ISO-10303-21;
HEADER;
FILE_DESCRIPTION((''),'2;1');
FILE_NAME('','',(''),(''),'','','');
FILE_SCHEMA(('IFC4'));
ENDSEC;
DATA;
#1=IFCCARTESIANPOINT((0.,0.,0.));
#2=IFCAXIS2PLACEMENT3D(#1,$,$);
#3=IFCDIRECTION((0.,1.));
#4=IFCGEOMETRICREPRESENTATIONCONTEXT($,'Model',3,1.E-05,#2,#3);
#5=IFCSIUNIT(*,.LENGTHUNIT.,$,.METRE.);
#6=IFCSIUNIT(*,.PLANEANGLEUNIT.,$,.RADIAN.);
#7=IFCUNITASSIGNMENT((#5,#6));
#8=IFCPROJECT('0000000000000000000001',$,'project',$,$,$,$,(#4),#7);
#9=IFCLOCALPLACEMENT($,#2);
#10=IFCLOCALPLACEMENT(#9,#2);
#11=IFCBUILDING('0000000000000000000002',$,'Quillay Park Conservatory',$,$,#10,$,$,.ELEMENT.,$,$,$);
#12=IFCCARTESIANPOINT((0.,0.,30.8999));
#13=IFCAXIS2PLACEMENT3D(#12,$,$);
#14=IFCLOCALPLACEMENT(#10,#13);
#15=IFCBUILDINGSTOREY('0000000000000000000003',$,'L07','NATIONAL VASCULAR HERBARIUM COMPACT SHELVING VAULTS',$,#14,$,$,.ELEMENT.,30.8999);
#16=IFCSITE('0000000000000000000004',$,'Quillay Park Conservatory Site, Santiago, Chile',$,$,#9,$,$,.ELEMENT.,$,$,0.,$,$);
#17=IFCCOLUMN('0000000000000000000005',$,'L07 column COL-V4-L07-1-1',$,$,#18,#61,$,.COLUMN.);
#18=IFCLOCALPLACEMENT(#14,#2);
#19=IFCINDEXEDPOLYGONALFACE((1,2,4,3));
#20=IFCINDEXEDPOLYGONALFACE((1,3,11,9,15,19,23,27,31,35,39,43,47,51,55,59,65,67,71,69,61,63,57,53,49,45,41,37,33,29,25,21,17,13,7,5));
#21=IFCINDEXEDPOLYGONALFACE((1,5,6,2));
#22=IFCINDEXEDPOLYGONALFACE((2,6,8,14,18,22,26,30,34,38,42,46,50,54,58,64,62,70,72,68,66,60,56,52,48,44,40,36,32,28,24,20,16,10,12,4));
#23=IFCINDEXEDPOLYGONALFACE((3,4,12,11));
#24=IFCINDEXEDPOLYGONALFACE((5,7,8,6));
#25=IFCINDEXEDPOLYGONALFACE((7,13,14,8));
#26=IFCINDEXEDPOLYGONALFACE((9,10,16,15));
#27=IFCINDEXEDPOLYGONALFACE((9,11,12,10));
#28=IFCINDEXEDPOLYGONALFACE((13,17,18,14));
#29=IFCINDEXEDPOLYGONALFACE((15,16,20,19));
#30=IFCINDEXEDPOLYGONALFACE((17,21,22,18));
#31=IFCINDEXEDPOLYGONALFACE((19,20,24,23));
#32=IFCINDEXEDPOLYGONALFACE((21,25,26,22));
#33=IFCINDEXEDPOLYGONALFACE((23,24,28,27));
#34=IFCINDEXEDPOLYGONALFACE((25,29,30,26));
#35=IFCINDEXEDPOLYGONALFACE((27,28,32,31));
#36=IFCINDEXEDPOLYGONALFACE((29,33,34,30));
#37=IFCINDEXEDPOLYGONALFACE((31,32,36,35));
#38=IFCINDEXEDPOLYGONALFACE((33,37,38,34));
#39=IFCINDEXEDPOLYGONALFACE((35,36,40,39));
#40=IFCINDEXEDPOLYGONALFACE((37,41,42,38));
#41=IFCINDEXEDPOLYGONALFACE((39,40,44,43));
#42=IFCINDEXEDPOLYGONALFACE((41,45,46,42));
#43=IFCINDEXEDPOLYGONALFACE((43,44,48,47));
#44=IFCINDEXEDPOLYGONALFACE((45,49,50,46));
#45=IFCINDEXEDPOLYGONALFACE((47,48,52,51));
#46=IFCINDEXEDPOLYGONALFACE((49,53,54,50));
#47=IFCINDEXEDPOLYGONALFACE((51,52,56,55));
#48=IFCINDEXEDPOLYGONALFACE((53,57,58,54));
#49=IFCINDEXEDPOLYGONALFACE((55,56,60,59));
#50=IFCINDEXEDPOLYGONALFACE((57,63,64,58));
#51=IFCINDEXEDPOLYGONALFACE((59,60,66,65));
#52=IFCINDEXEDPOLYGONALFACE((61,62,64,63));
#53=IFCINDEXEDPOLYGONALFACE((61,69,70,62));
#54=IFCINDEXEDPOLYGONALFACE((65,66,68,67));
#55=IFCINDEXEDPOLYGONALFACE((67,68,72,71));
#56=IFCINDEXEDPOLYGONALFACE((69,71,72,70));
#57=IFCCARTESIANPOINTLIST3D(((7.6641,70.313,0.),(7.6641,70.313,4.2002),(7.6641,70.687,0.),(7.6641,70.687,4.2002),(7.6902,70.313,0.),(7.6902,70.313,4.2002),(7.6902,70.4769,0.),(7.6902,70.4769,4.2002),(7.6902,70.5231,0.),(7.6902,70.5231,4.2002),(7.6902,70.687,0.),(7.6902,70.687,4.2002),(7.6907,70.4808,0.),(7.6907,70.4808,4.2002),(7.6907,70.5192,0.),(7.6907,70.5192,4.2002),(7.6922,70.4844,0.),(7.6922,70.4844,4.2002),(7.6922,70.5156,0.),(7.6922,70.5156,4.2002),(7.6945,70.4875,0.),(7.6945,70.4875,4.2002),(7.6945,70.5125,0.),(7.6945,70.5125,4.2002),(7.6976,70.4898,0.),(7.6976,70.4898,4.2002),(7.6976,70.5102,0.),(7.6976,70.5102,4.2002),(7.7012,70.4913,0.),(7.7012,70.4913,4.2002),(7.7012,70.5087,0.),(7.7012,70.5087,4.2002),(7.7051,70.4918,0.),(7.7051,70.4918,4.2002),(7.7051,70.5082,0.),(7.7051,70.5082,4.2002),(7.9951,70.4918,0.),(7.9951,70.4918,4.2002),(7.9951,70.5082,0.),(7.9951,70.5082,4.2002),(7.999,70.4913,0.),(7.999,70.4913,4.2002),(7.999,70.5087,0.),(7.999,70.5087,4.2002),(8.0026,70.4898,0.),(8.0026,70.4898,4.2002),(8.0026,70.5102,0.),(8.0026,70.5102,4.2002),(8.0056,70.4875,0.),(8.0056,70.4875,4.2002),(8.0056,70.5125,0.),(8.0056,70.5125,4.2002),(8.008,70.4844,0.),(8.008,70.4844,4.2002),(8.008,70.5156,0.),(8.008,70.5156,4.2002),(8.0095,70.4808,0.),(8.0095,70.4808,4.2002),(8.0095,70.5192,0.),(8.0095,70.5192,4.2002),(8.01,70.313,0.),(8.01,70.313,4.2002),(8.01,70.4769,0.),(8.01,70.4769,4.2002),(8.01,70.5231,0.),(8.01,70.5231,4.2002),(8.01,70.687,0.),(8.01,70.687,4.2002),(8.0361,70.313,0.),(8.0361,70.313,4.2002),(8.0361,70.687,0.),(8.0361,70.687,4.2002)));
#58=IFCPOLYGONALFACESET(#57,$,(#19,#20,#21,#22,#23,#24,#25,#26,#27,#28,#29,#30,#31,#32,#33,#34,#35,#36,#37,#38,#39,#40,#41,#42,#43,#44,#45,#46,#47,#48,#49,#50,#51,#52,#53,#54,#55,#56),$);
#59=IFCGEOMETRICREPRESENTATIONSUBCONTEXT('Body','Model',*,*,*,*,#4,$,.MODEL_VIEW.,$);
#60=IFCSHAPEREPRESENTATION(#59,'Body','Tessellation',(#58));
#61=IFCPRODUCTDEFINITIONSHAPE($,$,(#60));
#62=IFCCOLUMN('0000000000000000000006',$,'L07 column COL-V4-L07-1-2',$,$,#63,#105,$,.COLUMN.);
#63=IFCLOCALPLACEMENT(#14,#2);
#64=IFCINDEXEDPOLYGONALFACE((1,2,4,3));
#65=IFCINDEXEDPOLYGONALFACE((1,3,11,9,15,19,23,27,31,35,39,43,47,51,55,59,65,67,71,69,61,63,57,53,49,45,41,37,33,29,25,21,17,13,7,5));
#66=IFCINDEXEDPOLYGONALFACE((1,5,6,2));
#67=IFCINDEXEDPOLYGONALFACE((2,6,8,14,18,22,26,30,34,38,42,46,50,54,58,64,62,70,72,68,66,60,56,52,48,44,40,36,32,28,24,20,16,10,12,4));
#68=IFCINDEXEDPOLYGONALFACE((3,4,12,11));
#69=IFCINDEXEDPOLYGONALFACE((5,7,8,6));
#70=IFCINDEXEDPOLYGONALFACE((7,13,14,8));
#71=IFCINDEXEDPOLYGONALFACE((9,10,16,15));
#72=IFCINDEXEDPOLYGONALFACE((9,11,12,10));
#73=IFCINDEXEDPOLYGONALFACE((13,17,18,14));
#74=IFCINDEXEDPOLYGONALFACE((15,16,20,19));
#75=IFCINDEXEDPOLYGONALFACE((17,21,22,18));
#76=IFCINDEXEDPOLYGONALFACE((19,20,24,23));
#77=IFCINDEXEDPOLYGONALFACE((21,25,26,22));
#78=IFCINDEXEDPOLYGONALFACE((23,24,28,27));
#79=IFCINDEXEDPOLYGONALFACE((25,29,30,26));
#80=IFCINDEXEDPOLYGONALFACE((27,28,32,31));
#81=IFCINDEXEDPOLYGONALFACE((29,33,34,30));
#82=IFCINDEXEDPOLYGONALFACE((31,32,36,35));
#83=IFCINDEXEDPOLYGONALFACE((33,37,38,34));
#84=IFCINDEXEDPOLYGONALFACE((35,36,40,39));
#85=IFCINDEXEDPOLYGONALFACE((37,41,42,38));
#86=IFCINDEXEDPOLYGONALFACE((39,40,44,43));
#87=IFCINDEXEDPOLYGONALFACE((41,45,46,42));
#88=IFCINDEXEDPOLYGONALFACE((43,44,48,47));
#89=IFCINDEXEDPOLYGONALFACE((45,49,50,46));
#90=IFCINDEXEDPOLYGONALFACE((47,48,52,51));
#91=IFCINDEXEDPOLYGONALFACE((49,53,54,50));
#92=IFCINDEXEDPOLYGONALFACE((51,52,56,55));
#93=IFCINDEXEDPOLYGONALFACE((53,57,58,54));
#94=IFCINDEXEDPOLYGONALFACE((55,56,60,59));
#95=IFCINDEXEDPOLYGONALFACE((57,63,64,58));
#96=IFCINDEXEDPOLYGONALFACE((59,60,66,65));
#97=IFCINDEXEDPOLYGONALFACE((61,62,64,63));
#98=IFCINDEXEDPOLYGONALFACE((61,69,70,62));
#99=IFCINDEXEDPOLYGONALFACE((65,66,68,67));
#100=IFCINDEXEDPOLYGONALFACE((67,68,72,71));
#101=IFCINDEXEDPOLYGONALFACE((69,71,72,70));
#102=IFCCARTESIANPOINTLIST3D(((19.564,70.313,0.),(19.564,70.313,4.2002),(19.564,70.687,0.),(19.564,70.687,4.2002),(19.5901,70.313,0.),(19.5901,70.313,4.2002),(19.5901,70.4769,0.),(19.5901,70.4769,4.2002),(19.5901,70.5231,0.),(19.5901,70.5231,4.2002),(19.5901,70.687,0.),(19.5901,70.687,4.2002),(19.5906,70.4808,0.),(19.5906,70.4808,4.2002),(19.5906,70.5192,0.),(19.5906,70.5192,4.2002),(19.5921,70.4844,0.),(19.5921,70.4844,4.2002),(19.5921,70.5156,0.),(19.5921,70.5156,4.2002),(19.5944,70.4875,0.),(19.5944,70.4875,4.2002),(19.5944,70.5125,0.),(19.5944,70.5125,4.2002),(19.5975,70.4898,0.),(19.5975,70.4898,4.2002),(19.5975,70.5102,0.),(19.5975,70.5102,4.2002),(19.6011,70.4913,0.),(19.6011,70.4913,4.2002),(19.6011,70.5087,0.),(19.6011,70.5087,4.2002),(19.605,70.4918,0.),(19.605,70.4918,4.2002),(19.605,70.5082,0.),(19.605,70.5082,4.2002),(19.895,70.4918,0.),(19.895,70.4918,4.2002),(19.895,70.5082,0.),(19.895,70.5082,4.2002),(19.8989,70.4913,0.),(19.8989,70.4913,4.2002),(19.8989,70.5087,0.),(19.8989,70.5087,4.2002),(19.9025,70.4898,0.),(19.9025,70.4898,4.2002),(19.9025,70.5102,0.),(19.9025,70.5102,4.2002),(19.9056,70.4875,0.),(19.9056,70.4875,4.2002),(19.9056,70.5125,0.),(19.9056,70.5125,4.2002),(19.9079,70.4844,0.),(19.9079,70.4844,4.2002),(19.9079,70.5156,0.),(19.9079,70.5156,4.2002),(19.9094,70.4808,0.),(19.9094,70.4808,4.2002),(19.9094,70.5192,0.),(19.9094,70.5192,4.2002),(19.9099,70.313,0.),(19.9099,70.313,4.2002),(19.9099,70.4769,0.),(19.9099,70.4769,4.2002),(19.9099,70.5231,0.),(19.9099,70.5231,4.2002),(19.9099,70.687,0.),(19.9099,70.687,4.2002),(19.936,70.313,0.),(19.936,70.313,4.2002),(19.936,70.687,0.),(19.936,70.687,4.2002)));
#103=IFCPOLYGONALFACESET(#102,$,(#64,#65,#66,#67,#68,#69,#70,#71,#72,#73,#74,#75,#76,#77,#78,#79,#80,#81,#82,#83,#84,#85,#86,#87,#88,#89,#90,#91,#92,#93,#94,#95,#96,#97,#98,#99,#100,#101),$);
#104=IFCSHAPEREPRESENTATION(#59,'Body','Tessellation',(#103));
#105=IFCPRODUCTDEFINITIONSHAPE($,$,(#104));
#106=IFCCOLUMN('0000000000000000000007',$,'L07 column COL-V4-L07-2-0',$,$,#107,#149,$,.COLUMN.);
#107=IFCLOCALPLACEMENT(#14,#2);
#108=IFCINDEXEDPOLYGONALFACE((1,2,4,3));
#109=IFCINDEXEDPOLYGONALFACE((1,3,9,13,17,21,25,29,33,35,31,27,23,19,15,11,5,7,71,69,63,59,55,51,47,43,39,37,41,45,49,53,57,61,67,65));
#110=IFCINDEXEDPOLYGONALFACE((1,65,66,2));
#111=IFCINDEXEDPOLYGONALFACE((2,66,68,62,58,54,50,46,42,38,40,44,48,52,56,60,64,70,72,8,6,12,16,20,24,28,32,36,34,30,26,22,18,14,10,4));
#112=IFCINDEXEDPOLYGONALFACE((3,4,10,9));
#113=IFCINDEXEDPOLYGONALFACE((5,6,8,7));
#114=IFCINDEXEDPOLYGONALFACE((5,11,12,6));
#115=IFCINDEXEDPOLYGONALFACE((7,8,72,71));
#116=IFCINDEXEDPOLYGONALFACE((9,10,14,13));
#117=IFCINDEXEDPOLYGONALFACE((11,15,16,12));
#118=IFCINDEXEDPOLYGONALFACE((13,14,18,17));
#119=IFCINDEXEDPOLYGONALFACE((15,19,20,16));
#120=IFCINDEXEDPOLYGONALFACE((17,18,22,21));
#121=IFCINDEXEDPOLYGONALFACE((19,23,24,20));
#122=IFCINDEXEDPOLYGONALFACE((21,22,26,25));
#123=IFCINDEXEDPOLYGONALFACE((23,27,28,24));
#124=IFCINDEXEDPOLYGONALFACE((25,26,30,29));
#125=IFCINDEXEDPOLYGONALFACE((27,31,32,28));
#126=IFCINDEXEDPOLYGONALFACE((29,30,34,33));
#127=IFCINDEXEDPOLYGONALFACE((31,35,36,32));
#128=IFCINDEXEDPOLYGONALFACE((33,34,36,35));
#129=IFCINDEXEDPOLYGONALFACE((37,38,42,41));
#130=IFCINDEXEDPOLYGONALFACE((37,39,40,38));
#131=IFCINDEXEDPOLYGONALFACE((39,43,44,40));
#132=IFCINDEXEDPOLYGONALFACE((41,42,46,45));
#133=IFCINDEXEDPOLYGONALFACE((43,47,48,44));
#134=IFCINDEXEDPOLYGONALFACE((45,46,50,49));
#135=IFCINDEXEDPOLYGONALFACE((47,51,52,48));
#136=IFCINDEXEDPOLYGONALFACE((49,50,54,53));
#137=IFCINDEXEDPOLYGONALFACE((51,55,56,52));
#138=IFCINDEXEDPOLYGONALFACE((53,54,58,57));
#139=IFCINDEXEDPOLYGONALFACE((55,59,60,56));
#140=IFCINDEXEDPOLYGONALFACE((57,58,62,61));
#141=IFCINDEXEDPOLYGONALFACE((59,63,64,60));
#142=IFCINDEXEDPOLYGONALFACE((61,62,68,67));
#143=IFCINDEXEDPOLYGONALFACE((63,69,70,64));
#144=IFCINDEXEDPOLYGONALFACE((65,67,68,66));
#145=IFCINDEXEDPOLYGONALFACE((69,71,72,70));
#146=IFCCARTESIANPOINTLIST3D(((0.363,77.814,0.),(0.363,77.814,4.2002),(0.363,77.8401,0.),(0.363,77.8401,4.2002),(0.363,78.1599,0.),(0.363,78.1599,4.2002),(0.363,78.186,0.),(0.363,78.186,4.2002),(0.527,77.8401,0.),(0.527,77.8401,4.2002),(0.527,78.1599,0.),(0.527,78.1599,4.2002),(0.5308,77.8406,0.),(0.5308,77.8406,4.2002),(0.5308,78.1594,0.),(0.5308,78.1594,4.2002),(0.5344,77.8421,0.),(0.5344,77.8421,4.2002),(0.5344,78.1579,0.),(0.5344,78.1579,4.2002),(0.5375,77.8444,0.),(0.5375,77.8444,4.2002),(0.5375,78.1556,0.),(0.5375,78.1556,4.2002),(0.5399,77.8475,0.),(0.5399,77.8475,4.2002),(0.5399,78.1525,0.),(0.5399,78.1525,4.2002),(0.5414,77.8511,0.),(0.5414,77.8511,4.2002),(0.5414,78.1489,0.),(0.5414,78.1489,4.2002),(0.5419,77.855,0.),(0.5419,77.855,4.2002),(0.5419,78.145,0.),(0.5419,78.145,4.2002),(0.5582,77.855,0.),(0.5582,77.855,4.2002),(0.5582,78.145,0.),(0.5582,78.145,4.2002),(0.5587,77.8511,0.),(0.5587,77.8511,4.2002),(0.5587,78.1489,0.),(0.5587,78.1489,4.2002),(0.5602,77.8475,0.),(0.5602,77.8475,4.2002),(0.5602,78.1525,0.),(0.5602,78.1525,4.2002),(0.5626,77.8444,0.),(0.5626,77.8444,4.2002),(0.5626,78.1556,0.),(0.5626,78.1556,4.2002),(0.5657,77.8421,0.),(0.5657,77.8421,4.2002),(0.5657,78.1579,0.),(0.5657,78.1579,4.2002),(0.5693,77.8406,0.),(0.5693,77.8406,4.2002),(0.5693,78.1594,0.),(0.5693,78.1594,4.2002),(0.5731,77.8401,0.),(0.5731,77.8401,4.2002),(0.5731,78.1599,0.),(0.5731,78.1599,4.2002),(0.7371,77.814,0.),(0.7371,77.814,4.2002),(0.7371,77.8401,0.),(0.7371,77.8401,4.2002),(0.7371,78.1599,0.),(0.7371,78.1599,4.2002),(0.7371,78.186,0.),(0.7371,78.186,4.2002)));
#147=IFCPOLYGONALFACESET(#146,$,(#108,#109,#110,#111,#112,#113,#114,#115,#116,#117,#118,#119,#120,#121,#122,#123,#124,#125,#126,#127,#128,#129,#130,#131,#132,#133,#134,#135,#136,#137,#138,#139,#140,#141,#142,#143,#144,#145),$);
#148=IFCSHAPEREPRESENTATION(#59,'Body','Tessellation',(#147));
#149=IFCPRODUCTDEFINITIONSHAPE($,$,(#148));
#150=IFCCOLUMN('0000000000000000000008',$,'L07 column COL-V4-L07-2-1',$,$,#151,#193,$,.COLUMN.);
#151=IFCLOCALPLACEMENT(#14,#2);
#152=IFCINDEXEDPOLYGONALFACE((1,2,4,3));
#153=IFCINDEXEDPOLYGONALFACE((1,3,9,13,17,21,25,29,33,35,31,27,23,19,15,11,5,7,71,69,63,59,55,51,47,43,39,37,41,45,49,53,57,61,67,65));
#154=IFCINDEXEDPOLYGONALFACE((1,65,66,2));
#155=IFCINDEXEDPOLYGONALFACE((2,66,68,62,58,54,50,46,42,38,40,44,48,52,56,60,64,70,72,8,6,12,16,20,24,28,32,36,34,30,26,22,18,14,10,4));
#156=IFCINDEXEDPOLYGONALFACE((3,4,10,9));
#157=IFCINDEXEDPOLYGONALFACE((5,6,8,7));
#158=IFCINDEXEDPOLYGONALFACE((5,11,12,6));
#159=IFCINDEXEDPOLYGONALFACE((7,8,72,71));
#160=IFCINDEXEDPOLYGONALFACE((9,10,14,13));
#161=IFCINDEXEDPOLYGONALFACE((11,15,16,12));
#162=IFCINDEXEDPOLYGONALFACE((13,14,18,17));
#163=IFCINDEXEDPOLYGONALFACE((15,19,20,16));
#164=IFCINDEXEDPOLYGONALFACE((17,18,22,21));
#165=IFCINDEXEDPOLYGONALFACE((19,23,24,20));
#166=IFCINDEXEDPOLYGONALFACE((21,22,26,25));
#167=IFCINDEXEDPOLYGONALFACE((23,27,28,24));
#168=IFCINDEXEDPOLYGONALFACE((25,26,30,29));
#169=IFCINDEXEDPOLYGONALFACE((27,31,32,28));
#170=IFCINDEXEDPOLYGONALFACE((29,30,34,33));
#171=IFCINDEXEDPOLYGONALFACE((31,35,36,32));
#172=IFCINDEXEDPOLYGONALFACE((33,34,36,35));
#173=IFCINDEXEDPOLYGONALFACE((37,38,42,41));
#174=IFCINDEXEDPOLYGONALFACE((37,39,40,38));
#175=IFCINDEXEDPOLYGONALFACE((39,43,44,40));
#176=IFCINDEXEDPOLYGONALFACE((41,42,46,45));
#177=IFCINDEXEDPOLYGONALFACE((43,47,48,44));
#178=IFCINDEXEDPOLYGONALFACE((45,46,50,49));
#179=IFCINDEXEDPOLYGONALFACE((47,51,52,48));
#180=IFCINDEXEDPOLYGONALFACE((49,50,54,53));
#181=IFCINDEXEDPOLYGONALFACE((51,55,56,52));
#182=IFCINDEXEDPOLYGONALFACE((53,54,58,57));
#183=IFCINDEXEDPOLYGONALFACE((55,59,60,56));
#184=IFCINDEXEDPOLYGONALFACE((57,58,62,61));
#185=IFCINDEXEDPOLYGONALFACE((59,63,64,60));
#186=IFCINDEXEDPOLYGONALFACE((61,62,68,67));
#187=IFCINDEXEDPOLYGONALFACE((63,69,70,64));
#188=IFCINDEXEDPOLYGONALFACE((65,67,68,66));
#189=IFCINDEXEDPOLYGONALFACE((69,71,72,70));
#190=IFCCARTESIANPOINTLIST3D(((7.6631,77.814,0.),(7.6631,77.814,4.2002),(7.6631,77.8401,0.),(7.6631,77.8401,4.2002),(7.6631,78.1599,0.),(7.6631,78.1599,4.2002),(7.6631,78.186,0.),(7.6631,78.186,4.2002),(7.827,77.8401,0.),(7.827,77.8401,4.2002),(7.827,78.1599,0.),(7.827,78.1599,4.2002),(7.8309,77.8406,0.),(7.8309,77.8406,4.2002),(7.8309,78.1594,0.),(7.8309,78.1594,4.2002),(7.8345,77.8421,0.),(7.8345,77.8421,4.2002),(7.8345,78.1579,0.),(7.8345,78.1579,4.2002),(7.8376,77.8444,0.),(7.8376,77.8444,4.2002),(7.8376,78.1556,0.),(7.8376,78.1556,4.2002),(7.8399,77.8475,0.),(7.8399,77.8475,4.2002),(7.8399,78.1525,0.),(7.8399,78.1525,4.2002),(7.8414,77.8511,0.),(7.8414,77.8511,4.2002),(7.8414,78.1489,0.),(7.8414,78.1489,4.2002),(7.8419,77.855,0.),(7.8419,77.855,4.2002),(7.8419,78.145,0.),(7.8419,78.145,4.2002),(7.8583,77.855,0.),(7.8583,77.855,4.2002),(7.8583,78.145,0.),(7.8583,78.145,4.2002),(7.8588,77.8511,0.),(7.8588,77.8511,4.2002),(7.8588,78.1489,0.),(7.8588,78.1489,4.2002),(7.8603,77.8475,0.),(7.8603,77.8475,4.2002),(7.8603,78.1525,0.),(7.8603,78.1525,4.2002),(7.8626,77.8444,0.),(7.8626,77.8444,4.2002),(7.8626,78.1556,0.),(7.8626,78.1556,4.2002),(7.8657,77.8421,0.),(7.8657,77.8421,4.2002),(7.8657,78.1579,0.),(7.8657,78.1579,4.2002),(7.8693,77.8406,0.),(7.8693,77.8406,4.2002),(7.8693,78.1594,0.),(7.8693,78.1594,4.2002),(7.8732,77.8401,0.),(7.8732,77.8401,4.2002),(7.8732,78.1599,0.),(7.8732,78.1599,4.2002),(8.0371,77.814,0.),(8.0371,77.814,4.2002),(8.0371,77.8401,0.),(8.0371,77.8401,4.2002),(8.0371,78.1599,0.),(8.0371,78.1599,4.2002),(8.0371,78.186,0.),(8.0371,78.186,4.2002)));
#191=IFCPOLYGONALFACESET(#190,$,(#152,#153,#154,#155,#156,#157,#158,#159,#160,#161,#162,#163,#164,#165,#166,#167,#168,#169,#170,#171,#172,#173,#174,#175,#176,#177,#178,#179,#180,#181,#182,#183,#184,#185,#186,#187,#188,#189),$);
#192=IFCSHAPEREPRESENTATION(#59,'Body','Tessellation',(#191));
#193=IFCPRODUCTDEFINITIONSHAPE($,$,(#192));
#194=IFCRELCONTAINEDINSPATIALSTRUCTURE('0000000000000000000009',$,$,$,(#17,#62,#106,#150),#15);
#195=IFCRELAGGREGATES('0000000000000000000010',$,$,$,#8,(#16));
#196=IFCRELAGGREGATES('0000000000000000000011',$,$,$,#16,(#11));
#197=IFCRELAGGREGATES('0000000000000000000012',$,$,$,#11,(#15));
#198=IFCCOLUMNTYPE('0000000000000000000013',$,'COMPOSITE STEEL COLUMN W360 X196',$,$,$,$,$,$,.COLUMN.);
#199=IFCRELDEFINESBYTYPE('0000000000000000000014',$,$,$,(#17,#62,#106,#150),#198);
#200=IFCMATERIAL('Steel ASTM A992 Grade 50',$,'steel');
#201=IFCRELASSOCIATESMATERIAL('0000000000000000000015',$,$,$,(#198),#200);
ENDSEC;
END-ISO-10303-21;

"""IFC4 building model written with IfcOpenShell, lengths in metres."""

from ifc_helpers import new_model, si_unit, direction, frame, origin, origin_2d, place, context, subcontext, project, spatial, i_section, extrude, material, material_profile, profile_set, type_object, element, save


model = new_model("IFC4")

# Units and contexts
model_context = context("Model", 3, precision=1e-05, world=origin(), true_north=direction((0.0, 1.0)))
body_context = subcontext(model_context, "Body", "Model", "MODEL_VIEW")
ifc_project = project(units=[si_unit("LENGTHUNIT", "METRE"), si_unit("PLANEANGLEUNIT", "RADIAN")], contexts=[model_context])

# Site, building, storey
site_placement = place(None, origin())
site = spatial("IfcSite", under=ifc_project, at=site_placement, Name="Quillay Park Conservatory Site, Santiago, Chile", CompositionType="ELEMENT", RefElevation=0.0)
building_placement = place(site_placement, origin())
building = spatial("IfcBuilding", under=site, at=building_placement, Name="Quillay Park Conservatory", CompositionType="ELEMENT")
storey_placement = place(building_placement, frame((0.0, 0.0, 30.8999)))
storey = spatial("IfcBuildingStorey", under=building, at=storey_placement, Name="L07", Description="NATIONAL VASCULAR HERBARIUM COMPACT SHELVING VAULTS", CompositionType="ELEMENT", Elevation=30.8999)

# Columns
ifc_material_1 = material(Name="Steel ASTM A992 Grade 50", Category="steel")
ifc_material_profile_1 = material_profile(ifc_material_1, i_section(OverallWidth=0.374, OverallDepth=0.3721, WebThickness=0.0164, FlangeThickness=0.0261, FilletRadius=0.0149, at=origin_2d()), Name="W360x196")
ifc_profile_set_1 = profile_set([ifc_material_profile_1], Name="Steel ASTM A992 Grade 50")
column_type = type_object("IfcColumnType", Name="COMPOSITE STEEL COLUMN W360 X196", PredefinedType="COLUMN", material=ifc_profile_set_1)
for number, where, z_axis, x_axis, name in (
    (1, (7.8501, 70.5, 0.0), (0.0, 0.0, 1.0), (0.0, 1.0, 0.0), "L07 column COL-V4-L07-1-1"),
    (2, (19.75, 70.5, 0.0), (0.0, 0.0, 1.0), (0.0, 1.0, 0.0), "L07 column COL-V4-L07-1-2"),
    (3, (0.55, 78.0, 0.0), (0.0, 0.0, 1.0), (1.0, 0.0, 0.0), "L07 column COL-V4-L07-2-0"),
    (4, (7.8501, 78.0, 0.0), (0.0, 0.0, 1.0), (1.0, 0.0, 0.0), "L07 column COL-V4-L07-2-1"),
):
    element("IfcColumn", number, at=place(storey_placement, frame(where, z_axis=z_axis, x_axis=x_axis)), inside=storey, type_object=column_type, Name=name, PredefinedType="COLUMN", context=body_context, shape_type="SweptSolid", body=[
        extrude(i_section(OverallWidth=0.374, OverallDepth=0.3721, WebThickness=0.0164, FlangeThickness=0.0261, FilletRadius=0.0149, at=origin_2d()), origin(), (0.0, 0.0, 1.0), 4.2002),
    ])

save(model, "model.ifc")
